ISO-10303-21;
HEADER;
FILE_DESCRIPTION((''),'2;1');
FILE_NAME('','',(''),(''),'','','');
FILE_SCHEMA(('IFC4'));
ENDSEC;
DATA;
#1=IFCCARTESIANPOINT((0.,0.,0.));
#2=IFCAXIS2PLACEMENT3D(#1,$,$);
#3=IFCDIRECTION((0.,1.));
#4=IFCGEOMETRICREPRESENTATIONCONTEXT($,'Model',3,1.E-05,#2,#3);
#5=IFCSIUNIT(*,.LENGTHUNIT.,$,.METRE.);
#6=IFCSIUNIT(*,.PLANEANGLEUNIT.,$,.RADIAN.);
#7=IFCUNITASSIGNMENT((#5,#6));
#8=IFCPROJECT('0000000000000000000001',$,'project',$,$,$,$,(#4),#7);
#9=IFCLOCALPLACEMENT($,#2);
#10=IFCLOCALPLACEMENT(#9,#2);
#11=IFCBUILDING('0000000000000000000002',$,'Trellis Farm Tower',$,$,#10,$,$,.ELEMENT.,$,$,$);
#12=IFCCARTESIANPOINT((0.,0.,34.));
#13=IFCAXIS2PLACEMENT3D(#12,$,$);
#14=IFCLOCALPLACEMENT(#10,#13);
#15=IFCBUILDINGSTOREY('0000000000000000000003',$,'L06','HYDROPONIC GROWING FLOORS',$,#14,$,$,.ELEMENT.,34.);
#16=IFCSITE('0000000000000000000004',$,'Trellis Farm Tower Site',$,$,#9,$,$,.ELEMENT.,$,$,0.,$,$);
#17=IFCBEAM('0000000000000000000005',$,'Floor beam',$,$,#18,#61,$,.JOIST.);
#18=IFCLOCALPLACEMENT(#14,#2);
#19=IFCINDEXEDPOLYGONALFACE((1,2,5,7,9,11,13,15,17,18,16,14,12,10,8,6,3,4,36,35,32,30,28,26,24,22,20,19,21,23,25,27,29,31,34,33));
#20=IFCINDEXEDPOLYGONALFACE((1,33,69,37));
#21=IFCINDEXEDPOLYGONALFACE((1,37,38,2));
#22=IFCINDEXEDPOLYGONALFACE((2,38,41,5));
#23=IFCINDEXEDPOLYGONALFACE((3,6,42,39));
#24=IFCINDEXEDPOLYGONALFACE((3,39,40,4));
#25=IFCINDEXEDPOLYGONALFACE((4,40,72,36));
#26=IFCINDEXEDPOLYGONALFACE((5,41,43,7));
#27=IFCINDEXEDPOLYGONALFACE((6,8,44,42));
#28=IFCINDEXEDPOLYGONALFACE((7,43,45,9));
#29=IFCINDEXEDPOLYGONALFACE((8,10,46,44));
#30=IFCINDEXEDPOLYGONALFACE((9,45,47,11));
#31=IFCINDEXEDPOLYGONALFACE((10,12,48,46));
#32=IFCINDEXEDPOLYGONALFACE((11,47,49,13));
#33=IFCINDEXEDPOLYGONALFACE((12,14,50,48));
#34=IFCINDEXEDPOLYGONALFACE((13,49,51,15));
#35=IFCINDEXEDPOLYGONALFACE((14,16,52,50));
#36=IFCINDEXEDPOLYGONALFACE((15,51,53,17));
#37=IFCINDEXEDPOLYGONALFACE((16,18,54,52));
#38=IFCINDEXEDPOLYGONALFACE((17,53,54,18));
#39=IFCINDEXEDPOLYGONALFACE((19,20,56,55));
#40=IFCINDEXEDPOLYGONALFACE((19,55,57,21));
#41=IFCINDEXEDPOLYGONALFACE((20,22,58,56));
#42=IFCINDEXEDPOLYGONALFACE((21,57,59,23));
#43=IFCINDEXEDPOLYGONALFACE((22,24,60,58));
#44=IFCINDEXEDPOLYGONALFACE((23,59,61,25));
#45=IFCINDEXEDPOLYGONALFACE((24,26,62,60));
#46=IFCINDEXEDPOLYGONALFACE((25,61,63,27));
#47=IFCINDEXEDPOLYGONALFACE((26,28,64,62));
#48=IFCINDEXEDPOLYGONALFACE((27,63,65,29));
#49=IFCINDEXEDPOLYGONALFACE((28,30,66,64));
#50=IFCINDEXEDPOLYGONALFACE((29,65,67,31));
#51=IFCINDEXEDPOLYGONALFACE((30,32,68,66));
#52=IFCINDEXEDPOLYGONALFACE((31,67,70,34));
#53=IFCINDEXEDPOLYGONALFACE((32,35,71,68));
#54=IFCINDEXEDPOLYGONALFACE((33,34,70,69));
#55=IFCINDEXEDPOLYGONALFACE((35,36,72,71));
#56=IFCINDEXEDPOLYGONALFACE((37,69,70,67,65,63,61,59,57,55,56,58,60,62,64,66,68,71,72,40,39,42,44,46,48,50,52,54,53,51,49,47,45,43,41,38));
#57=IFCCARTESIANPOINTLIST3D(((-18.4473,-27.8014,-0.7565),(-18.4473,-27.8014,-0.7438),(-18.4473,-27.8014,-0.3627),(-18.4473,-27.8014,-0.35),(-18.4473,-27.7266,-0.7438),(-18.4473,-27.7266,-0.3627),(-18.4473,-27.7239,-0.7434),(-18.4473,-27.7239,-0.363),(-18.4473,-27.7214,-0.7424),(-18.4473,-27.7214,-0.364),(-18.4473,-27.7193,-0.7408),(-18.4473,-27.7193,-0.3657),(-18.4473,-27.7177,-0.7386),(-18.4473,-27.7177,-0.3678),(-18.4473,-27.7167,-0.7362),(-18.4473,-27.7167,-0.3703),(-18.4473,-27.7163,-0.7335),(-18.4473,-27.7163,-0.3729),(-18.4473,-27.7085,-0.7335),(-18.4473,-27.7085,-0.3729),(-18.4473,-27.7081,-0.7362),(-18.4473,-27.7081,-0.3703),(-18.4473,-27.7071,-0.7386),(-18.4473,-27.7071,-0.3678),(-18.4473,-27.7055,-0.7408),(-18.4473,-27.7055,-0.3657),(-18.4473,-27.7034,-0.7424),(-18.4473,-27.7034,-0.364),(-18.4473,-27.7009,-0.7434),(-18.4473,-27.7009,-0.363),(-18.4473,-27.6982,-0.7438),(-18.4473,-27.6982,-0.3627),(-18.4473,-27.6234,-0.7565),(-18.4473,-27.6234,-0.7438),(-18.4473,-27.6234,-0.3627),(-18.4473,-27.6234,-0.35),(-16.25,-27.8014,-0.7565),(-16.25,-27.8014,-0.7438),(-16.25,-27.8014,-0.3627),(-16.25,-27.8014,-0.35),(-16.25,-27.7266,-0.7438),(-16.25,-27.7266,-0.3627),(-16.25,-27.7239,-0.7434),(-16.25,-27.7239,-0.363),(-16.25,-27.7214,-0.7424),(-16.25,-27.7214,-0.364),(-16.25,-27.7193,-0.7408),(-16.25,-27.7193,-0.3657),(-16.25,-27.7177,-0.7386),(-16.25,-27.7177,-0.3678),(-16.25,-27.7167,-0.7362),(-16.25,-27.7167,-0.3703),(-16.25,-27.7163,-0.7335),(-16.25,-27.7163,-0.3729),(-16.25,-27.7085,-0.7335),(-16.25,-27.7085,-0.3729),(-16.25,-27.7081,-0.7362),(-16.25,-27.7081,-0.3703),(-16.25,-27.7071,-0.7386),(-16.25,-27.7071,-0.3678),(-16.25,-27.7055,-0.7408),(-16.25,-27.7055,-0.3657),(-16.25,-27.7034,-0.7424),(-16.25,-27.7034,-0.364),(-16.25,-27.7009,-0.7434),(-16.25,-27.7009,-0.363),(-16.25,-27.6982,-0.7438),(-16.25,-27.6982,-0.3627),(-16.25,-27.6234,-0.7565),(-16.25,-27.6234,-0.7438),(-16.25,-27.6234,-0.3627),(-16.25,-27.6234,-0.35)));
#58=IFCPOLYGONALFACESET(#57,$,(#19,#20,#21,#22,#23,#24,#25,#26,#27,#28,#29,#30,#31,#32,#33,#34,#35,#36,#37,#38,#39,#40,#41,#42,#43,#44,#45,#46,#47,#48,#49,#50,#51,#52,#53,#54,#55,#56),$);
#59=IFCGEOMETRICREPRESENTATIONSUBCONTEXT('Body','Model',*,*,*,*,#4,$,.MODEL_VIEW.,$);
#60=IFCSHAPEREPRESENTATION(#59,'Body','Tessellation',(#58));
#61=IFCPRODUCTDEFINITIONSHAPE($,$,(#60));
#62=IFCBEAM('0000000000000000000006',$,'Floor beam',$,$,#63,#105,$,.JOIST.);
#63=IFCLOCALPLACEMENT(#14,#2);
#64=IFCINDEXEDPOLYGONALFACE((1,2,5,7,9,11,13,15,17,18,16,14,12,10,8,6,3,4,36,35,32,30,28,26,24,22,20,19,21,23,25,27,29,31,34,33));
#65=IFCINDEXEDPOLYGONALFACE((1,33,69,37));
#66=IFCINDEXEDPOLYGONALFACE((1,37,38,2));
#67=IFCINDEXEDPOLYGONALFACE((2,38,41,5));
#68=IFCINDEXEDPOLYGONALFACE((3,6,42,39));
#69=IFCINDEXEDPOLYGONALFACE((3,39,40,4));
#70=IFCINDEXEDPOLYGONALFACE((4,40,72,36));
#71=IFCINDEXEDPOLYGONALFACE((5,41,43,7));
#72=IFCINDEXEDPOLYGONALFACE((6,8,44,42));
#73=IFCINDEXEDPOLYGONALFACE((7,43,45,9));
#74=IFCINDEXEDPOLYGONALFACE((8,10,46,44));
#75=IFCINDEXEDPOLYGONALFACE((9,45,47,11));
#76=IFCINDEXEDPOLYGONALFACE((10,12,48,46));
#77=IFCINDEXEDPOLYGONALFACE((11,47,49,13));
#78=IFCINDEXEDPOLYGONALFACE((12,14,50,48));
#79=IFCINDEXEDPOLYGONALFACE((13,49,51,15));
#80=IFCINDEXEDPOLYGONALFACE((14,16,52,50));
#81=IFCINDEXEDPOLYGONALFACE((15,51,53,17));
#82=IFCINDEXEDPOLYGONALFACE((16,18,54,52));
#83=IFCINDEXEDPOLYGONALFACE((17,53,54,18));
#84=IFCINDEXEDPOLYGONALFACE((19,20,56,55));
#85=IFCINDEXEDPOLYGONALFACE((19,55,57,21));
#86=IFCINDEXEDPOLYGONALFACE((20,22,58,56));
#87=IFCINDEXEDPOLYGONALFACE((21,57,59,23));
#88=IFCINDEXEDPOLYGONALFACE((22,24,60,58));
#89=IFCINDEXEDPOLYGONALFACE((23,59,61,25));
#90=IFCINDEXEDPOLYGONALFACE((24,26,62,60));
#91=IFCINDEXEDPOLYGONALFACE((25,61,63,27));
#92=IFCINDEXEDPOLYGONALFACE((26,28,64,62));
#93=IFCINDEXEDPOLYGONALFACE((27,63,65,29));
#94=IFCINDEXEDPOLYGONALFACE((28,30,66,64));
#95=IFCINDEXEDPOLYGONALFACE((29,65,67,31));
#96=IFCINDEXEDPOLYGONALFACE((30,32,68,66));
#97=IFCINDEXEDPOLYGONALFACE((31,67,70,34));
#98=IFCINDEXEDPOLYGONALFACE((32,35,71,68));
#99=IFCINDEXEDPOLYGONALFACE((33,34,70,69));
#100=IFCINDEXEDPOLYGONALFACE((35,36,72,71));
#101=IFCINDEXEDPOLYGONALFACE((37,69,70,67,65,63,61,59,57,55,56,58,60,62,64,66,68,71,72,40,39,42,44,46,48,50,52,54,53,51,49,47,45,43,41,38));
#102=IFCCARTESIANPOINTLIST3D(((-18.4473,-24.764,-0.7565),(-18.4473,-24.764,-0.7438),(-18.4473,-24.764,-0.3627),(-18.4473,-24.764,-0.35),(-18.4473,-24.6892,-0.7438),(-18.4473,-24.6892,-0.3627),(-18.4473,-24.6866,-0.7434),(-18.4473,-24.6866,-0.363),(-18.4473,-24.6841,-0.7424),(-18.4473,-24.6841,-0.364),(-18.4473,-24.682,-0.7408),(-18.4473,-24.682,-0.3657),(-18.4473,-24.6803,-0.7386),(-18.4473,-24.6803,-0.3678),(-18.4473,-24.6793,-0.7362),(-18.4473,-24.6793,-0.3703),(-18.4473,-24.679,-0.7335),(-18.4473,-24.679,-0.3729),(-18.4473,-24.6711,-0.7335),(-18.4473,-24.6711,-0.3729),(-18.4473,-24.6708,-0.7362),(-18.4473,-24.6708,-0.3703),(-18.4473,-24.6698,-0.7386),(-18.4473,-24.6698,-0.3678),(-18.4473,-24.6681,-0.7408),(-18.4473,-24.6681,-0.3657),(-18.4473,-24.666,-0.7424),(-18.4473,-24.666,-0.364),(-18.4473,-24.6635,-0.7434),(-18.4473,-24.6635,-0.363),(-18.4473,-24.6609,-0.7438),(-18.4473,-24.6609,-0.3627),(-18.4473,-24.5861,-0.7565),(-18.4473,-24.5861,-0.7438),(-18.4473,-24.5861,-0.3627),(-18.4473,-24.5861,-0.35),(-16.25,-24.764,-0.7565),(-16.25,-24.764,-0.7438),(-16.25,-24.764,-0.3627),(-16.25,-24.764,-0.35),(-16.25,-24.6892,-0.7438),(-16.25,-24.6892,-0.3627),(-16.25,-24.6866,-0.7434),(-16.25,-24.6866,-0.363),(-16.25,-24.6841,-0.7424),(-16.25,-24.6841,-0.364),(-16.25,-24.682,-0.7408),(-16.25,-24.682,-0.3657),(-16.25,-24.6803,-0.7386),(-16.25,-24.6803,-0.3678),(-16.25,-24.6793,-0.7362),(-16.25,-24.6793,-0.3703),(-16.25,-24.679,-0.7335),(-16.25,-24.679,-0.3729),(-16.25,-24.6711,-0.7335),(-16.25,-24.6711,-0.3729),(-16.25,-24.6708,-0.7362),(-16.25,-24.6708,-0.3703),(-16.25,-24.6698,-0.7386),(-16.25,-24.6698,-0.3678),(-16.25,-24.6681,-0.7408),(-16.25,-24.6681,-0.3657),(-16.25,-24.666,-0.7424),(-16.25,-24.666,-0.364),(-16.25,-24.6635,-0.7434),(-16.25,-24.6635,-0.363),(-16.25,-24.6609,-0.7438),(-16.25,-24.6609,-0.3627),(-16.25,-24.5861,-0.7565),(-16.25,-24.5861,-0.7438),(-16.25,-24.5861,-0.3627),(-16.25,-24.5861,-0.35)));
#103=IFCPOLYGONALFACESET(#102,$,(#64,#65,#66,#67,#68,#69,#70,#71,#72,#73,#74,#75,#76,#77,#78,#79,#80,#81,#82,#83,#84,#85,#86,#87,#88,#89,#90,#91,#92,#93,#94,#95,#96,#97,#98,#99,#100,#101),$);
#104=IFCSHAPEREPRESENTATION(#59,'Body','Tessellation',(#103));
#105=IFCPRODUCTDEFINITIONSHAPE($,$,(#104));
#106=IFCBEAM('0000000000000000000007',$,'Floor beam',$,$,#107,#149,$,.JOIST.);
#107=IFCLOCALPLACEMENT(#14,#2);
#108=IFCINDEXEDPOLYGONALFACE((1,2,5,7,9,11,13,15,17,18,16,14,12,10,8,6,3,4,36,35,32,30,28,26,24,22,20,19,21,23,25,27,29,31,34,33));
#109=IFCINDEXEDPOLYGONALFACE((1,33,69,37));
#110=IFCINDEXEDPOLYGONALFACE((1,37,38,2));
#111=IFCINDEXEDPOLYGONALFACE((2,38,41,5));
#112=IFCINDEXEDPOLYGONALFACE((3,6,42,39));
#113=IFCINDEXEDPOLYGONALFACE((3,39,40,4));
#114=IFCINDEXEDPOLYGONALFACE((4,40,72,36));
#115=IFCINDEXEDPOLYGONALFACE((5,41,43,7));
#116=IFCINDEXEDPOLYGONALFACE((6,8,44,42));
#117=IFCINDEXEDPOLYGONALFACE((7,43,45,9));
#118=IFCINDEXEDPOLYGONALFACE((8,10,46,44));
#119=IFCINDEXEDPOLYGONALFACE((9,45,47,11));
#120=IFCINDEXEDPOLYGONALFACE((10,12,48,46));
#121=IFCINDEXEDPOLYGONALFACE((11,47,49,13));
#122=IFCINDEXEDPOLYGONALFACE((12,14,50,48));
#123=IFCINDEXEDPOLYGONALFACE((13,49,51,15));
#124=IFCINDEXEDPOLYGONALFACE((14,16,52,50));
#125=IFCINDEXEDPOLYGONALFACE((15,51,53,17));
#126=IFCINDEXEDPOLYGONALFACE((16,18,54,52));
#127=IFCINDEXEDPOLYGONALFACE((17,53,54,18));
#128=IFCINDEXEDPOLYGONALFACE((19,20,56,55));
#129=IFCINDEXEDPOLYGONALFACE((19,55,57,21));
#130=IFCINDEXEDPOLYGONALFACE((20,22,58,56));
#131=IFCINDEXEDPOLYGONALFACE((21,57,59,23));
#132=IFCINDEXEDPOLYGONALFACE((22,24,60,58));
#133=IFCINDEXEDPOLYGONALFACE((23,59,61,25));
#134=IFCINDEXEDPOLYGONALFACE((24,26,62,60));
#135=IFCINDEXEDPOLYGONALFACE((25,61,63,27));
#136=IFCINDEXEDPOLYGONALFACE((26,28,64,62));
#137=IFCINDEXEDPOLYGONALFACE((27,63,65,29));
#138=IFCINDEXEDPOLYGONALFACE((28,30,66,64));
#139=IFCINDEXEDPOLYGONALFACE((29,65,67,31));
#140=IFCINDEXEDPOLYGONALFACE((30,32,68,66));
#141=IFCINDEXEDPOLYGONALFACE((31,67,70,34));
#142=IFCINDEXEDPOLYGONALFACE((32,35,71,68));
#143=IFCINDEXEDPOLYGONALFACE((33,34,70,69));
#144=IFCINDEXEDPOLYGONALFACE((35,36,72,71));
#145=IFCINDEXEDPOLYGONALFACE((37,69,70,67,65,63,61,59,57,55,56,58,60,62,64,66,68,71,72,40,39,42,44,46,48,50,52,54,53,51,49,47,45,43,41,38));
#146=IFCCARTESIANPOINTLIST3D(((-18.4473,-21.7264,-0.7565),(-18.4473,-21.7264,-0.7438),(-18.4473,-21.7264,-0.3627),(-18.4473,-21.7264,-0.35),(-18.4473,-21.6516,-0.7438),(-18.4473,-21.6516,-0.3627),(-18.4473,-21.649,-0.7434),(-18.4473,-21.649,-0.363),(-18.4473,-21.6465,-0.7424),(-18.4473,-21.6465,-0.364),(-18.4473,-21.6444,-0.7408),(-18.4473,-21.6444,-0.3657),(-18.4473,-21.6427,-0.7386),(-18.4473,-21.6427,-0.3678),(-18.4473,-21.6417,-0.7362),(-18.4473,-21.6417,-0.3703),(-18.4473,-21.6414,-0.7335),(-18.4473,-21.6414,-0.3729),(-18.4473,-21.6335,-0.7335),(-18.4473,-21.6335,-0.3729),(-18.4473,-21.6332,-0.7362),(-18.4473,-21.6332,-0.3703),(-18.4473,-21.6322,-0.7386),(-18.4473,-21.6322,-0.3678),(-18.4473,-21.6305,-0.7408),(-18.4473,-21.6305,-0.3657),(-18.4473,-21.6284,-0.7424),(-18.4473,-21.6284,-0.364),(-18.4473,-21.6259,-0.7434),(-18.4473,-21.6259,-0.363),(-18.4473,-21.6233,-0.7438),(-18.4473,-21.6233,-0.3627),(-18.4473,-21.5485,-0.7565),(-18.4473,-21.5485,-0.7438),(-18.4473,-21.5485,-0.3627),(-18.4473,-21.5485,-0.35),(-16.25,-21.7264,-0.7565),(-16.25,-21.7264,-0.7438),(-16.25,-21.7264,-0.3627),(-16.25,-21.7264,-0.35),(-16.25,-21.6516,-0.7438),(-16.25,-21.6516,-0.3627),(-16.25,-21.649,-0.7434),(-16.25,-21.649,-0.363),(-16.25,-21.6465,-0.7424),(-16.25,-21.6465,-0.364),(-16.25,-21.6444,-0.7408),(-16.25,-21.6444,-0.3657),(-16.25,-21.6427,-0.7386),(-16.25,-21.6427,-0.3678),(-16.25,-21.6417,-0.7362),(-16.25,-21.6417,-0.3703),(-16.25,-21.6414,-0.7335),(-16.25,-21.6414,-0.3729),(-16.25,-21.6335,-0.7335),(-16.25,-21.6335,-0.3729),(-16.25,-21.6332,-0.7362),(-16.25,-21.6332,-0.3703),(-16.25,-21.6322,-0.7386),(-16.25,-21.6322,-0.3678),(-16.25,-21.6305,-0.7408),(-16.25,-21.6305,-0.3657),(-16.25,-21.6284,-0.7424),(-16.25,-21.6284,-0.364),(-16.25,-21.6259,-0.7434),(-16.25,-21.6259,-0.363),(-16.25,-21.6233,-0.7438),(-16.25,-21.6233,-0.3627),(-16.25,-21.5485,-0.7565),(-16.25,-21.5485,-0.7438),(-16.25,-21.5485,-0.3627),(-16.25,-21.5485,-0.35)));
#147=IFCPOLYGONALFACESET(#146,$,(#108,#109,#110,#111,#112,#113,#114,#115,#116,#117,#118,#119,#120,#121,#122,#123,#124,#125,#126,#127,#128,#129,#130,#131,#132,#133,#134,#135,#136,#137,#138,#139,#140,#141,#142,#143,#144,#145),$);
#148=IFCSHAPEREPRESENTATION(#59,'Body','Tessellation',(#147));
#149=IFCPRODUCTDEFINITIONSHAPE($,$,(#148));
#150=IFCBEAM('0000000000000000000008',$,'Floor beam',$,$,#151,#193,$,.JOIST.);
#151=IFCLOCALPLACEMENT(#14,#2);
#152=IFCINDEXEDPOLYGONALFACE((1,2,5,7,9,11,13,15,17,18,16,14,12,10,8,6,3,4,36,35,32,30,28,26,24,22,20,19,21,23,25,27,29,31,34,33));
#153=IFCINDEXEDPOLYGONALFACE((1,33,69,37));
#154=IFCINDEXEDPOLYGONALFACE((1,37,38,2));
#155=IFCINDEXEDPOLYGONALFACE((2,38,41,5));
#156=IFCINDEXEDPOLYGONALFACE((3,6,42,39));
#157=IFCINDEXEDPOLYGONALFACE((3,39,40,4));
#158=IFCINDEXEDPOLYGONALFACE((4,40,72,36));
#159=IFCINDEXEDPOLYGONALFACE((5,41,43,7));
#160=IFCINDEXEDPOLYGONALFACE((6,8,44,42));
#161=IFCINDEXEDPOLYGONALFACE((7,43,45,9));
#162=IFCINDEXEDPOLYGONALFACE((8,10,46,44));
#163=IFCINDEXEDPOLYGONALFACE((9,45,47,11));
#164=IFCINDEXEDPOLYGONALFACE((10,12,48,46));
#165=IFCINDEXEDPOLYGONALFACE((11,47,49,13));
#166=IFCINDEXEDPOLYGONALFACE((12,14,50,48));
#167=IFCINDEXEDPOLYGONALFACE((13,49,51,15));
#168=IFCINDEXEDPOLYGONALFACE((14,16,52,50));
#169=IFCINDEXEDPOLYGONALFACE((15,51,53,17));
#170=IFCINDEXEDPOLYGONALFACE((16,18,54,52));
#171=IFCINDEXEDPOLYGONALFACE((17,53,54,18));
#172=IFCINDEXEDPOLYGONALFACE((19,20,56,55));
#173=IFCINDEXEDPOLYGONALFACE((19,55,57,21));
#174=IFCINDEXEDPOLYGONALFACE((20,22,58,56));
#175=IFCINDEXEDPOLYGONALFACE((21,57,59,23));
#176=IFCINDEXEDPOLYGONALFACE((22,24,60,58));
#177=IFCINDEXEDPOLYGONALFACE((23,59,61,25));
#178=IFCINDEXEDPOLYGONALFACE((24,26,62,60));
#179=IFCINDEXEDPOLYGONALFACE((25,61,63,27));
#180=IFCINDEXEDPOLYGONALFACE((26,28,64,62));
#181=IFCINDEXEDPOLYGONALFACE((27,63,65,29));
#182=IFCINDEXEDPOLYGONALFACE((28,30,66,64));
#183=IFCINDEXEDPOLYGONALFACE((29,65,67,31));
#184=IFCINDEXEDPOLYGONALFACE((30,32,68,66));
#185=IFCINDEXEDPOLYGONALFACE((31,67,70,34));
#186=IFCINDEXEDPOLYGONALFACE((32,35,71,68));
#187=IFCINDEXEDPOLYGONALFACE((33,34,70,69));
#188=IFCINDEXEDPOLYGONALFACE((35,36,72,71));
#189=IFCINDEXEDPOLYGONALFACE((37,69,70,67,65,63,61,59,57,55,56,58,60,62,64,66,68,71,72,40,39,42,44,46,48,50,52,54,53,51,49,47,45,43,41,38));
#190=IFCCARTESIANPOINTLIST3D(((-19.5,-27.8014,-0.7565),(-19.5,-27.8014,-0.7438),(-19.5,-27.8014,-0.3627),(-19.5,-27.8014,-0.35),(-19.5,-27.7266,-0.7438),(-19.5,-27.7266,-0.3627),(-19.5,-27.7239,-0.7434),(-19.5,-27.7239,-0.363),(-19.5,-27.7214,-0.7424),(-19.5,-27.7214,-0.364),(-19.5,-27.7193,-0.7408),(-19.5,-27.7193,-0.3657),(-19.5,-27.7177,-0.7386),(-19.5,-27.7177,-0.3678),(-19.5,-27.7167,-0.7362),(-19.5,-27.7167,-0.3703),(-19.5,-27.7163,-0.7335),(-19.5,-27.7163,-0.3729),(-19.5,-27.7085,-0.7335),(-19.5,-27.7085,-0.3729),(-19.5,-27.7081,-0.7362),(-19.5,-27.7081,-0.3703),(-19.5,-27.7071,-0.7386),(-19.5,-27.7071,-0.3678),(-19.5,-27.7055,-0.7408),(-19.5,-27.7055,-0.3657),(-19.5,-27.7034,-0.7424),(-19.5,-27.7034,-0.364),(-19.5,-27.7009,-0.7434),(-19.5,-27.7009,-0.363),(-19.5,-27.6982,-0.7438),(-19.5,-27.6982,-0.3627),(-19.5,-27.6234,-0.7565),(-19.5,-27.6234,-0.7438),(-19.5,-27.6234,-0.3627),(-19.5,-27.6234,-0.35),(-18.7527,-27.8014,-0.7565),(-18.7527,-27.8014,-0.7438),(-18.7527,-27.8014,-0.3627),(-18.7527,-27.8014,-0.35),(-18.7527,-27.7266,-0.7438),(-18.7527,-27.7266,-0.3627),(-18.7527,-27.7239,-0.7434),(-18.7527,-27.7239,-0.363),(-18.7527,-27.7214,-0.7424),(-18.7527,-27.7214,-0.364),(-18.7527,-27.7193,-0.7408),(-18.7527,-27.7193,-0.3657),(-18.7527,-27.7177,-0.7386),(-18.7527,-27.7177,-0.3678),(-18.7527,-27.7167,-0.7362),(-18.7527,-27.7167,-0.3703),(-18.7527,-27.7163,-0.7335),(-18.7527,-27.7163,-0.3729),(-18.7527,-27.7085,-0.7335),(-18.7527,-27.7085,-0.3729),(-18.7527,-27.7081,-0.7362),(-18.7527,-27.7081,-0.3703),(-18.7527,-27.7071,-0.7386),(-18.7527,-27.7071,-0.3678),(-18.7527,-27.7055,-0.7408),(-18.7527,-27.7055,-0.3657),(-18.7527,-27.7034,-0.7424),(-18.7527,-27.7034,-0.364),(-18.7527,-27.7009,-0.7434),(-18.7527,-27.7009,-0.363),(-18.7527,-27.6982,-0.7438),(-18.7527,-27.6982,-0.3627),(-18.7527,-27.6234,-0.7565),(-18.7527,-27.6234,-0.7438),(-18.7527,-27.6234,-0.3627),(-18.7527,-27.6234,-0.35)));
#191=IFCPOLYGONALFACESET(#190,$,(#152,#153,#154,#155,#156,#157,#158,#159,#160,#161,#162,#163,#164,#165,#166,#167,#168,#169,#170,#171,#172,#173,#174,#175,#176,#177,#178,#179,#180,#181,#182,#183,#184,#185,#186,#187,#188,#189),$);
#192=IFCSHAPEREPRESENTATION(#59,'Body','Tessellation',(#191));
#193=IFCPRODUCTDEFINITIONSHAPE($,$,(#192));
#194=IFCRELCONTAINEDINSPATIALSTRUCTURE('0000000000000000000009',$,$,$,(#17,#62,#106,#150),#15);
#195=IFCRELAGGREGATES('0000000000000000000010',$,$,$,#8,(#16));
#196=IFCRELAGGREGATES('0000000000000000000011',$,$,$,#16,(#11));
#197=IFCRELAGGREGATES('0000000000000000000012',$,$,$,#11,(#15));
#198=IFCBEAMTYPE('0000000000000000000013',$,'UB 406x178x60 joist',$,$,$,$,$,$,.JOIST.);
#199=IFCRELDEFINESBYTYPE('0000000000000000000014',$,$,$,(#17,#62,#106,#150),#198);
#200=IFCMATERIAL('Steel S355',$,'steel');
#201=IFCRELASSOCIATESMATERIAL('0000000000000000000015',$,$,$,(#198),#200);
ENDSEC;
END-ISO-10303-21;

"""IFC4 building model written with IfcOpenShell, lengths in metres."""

from ifc_helpers import new_model, si_unit, direction, frame, origin, origin_2d, place, context, subcontext, project, spatial, i_section, extrude, source, transform, mapped, material, material_profile, profile_set, type_object, element, save


model = new_model("IFC4")

# Units and contexts
model_context = context("Model", 3, precision=1e-05, world=origin(), true_north=direction((0.0, 1.0)))
body_context = subcontext(model_context, "Body", "Model", "MODEL_VIEW")
ifc_project = project(units=[si_unit("LENGTHUNIT", "METRE"), si_unit("PLANEANGLEUNIT", "RADIAN")], contexts=[model_context])

# Site, building, storey
site_placement = place(None, origin())
site = spatial("IfcSite", under=ifc_project, at=site_placement, Name="Trellis Farm Tower Site", CompositionType="ELEMENT", RefElevation=0.0)
building_placement = place(site_placement, origin())
building = spatial("IfcBuilding", under=site, at=building_placement, Name="Trellis Farm Tower", CompositionType="ELEMENT")
storey_placement = place(building_placement, frame((0.0, 0.0, 34.0)))
storey = spatial("IfcBuildingStorey", under=building, at=storey_placement, Name="L06", Description="HYDROPONIC GROWING FLOORS", CompositionType="ELEMENT", Elevation=34.0)

# Beams
ifc_material_1 = material(Name="Steel S355", Category="steel")
ifc_material_profile_1 = material_profile(ifc_material_1, i_section(OverallWidth=0.178, OverallDepth=0.4065, WebThickness=0.0078, FlangeThickness=0.0127, FilletRadius=0.0103, at=origin_2d()), Name="UB 406x178x60")
ifc_profile_set_1 = profile_set([ifc_material_profile_1], Name="Steel S355")
beam_type_1 = type_object("IfcBeamType", Name="UB 406x178x60 joist", PredefinedType="JOIST", material=ifc_profile_set_1)
shared_shape_1 = source(origin(), body_context, "Body", "SweptSolid", [
    extrude(i_section(OverallWidth=0.178, OverallDepth=0.4065, WebThickness=0.0078, FlangeThickness=0.0127, FilletRadius=0.0103, at=origin_2d()), origin(), (0.0, 0.0, 1.0), 2.1973),
])
for number, where, z_axis, x_axis, name in (
    (1, (-18.4473, -27.7124, -0.5532), (1.0, 0.0, 0.0), (0.0, 1.0, 0.0), "Floor beam"),
    (2, (-18.4473, -24.675, -0.5532), (1.0, 0.0, 0.0), (0.0, 1.0, 0.0), "Floor beam"),
    (3, (-18.4473, -21.6375, -0.5532), (1.0, 0.0, 0.0), (0.0, 1.0, 0.0), "Floor beam"),
):
    element("IfcBeam", number, at=place(storey_placement, frame(where, z_axis=z_axis, x_axis=x_axis)), inside=storey, type_object=beam_type_1, Name=name, PredefinedType="JOIST", context=body_context, shape_type="MappedRepresentation", body=[
        mapped(shared_shape_1, transform((0.0, 0.0, 0.0))),
    ])
shared_shape_2 = source(origin(), body_context, "Body", "SweptSolid", [
    extrude(i_section(OverallWidth=0.178, OverallDepth=0.4065, WebThickness=0.0078, FlangeThickness=0.0127, FilletRadius=0.0103, at=origin_2d()), origin(), (0.0, 0.0, 1.0), 0.7473),
])
for number, where, z_axis, x_axis, name in (
    (4, (-19.5, -27.7124, -0.5532), (1.0, 0.0, 0.0), (0.0, 1.0, 0.0), "Floor beam"),
):
    element("IfcBeam", number, at=place(storey_placement, frame(where, z_axis=z_axis, x_axis=x_axis)), inside=storey, type_object=beam_type_1, Name=name, PredefinedType="JOIST", context=body_context, shape_type="MappedRepresentation", body=[
        mapped(shared_shape_2, transform((0.0, 0.0, 0.0))),
    ])

save(model, "model.ifc")
